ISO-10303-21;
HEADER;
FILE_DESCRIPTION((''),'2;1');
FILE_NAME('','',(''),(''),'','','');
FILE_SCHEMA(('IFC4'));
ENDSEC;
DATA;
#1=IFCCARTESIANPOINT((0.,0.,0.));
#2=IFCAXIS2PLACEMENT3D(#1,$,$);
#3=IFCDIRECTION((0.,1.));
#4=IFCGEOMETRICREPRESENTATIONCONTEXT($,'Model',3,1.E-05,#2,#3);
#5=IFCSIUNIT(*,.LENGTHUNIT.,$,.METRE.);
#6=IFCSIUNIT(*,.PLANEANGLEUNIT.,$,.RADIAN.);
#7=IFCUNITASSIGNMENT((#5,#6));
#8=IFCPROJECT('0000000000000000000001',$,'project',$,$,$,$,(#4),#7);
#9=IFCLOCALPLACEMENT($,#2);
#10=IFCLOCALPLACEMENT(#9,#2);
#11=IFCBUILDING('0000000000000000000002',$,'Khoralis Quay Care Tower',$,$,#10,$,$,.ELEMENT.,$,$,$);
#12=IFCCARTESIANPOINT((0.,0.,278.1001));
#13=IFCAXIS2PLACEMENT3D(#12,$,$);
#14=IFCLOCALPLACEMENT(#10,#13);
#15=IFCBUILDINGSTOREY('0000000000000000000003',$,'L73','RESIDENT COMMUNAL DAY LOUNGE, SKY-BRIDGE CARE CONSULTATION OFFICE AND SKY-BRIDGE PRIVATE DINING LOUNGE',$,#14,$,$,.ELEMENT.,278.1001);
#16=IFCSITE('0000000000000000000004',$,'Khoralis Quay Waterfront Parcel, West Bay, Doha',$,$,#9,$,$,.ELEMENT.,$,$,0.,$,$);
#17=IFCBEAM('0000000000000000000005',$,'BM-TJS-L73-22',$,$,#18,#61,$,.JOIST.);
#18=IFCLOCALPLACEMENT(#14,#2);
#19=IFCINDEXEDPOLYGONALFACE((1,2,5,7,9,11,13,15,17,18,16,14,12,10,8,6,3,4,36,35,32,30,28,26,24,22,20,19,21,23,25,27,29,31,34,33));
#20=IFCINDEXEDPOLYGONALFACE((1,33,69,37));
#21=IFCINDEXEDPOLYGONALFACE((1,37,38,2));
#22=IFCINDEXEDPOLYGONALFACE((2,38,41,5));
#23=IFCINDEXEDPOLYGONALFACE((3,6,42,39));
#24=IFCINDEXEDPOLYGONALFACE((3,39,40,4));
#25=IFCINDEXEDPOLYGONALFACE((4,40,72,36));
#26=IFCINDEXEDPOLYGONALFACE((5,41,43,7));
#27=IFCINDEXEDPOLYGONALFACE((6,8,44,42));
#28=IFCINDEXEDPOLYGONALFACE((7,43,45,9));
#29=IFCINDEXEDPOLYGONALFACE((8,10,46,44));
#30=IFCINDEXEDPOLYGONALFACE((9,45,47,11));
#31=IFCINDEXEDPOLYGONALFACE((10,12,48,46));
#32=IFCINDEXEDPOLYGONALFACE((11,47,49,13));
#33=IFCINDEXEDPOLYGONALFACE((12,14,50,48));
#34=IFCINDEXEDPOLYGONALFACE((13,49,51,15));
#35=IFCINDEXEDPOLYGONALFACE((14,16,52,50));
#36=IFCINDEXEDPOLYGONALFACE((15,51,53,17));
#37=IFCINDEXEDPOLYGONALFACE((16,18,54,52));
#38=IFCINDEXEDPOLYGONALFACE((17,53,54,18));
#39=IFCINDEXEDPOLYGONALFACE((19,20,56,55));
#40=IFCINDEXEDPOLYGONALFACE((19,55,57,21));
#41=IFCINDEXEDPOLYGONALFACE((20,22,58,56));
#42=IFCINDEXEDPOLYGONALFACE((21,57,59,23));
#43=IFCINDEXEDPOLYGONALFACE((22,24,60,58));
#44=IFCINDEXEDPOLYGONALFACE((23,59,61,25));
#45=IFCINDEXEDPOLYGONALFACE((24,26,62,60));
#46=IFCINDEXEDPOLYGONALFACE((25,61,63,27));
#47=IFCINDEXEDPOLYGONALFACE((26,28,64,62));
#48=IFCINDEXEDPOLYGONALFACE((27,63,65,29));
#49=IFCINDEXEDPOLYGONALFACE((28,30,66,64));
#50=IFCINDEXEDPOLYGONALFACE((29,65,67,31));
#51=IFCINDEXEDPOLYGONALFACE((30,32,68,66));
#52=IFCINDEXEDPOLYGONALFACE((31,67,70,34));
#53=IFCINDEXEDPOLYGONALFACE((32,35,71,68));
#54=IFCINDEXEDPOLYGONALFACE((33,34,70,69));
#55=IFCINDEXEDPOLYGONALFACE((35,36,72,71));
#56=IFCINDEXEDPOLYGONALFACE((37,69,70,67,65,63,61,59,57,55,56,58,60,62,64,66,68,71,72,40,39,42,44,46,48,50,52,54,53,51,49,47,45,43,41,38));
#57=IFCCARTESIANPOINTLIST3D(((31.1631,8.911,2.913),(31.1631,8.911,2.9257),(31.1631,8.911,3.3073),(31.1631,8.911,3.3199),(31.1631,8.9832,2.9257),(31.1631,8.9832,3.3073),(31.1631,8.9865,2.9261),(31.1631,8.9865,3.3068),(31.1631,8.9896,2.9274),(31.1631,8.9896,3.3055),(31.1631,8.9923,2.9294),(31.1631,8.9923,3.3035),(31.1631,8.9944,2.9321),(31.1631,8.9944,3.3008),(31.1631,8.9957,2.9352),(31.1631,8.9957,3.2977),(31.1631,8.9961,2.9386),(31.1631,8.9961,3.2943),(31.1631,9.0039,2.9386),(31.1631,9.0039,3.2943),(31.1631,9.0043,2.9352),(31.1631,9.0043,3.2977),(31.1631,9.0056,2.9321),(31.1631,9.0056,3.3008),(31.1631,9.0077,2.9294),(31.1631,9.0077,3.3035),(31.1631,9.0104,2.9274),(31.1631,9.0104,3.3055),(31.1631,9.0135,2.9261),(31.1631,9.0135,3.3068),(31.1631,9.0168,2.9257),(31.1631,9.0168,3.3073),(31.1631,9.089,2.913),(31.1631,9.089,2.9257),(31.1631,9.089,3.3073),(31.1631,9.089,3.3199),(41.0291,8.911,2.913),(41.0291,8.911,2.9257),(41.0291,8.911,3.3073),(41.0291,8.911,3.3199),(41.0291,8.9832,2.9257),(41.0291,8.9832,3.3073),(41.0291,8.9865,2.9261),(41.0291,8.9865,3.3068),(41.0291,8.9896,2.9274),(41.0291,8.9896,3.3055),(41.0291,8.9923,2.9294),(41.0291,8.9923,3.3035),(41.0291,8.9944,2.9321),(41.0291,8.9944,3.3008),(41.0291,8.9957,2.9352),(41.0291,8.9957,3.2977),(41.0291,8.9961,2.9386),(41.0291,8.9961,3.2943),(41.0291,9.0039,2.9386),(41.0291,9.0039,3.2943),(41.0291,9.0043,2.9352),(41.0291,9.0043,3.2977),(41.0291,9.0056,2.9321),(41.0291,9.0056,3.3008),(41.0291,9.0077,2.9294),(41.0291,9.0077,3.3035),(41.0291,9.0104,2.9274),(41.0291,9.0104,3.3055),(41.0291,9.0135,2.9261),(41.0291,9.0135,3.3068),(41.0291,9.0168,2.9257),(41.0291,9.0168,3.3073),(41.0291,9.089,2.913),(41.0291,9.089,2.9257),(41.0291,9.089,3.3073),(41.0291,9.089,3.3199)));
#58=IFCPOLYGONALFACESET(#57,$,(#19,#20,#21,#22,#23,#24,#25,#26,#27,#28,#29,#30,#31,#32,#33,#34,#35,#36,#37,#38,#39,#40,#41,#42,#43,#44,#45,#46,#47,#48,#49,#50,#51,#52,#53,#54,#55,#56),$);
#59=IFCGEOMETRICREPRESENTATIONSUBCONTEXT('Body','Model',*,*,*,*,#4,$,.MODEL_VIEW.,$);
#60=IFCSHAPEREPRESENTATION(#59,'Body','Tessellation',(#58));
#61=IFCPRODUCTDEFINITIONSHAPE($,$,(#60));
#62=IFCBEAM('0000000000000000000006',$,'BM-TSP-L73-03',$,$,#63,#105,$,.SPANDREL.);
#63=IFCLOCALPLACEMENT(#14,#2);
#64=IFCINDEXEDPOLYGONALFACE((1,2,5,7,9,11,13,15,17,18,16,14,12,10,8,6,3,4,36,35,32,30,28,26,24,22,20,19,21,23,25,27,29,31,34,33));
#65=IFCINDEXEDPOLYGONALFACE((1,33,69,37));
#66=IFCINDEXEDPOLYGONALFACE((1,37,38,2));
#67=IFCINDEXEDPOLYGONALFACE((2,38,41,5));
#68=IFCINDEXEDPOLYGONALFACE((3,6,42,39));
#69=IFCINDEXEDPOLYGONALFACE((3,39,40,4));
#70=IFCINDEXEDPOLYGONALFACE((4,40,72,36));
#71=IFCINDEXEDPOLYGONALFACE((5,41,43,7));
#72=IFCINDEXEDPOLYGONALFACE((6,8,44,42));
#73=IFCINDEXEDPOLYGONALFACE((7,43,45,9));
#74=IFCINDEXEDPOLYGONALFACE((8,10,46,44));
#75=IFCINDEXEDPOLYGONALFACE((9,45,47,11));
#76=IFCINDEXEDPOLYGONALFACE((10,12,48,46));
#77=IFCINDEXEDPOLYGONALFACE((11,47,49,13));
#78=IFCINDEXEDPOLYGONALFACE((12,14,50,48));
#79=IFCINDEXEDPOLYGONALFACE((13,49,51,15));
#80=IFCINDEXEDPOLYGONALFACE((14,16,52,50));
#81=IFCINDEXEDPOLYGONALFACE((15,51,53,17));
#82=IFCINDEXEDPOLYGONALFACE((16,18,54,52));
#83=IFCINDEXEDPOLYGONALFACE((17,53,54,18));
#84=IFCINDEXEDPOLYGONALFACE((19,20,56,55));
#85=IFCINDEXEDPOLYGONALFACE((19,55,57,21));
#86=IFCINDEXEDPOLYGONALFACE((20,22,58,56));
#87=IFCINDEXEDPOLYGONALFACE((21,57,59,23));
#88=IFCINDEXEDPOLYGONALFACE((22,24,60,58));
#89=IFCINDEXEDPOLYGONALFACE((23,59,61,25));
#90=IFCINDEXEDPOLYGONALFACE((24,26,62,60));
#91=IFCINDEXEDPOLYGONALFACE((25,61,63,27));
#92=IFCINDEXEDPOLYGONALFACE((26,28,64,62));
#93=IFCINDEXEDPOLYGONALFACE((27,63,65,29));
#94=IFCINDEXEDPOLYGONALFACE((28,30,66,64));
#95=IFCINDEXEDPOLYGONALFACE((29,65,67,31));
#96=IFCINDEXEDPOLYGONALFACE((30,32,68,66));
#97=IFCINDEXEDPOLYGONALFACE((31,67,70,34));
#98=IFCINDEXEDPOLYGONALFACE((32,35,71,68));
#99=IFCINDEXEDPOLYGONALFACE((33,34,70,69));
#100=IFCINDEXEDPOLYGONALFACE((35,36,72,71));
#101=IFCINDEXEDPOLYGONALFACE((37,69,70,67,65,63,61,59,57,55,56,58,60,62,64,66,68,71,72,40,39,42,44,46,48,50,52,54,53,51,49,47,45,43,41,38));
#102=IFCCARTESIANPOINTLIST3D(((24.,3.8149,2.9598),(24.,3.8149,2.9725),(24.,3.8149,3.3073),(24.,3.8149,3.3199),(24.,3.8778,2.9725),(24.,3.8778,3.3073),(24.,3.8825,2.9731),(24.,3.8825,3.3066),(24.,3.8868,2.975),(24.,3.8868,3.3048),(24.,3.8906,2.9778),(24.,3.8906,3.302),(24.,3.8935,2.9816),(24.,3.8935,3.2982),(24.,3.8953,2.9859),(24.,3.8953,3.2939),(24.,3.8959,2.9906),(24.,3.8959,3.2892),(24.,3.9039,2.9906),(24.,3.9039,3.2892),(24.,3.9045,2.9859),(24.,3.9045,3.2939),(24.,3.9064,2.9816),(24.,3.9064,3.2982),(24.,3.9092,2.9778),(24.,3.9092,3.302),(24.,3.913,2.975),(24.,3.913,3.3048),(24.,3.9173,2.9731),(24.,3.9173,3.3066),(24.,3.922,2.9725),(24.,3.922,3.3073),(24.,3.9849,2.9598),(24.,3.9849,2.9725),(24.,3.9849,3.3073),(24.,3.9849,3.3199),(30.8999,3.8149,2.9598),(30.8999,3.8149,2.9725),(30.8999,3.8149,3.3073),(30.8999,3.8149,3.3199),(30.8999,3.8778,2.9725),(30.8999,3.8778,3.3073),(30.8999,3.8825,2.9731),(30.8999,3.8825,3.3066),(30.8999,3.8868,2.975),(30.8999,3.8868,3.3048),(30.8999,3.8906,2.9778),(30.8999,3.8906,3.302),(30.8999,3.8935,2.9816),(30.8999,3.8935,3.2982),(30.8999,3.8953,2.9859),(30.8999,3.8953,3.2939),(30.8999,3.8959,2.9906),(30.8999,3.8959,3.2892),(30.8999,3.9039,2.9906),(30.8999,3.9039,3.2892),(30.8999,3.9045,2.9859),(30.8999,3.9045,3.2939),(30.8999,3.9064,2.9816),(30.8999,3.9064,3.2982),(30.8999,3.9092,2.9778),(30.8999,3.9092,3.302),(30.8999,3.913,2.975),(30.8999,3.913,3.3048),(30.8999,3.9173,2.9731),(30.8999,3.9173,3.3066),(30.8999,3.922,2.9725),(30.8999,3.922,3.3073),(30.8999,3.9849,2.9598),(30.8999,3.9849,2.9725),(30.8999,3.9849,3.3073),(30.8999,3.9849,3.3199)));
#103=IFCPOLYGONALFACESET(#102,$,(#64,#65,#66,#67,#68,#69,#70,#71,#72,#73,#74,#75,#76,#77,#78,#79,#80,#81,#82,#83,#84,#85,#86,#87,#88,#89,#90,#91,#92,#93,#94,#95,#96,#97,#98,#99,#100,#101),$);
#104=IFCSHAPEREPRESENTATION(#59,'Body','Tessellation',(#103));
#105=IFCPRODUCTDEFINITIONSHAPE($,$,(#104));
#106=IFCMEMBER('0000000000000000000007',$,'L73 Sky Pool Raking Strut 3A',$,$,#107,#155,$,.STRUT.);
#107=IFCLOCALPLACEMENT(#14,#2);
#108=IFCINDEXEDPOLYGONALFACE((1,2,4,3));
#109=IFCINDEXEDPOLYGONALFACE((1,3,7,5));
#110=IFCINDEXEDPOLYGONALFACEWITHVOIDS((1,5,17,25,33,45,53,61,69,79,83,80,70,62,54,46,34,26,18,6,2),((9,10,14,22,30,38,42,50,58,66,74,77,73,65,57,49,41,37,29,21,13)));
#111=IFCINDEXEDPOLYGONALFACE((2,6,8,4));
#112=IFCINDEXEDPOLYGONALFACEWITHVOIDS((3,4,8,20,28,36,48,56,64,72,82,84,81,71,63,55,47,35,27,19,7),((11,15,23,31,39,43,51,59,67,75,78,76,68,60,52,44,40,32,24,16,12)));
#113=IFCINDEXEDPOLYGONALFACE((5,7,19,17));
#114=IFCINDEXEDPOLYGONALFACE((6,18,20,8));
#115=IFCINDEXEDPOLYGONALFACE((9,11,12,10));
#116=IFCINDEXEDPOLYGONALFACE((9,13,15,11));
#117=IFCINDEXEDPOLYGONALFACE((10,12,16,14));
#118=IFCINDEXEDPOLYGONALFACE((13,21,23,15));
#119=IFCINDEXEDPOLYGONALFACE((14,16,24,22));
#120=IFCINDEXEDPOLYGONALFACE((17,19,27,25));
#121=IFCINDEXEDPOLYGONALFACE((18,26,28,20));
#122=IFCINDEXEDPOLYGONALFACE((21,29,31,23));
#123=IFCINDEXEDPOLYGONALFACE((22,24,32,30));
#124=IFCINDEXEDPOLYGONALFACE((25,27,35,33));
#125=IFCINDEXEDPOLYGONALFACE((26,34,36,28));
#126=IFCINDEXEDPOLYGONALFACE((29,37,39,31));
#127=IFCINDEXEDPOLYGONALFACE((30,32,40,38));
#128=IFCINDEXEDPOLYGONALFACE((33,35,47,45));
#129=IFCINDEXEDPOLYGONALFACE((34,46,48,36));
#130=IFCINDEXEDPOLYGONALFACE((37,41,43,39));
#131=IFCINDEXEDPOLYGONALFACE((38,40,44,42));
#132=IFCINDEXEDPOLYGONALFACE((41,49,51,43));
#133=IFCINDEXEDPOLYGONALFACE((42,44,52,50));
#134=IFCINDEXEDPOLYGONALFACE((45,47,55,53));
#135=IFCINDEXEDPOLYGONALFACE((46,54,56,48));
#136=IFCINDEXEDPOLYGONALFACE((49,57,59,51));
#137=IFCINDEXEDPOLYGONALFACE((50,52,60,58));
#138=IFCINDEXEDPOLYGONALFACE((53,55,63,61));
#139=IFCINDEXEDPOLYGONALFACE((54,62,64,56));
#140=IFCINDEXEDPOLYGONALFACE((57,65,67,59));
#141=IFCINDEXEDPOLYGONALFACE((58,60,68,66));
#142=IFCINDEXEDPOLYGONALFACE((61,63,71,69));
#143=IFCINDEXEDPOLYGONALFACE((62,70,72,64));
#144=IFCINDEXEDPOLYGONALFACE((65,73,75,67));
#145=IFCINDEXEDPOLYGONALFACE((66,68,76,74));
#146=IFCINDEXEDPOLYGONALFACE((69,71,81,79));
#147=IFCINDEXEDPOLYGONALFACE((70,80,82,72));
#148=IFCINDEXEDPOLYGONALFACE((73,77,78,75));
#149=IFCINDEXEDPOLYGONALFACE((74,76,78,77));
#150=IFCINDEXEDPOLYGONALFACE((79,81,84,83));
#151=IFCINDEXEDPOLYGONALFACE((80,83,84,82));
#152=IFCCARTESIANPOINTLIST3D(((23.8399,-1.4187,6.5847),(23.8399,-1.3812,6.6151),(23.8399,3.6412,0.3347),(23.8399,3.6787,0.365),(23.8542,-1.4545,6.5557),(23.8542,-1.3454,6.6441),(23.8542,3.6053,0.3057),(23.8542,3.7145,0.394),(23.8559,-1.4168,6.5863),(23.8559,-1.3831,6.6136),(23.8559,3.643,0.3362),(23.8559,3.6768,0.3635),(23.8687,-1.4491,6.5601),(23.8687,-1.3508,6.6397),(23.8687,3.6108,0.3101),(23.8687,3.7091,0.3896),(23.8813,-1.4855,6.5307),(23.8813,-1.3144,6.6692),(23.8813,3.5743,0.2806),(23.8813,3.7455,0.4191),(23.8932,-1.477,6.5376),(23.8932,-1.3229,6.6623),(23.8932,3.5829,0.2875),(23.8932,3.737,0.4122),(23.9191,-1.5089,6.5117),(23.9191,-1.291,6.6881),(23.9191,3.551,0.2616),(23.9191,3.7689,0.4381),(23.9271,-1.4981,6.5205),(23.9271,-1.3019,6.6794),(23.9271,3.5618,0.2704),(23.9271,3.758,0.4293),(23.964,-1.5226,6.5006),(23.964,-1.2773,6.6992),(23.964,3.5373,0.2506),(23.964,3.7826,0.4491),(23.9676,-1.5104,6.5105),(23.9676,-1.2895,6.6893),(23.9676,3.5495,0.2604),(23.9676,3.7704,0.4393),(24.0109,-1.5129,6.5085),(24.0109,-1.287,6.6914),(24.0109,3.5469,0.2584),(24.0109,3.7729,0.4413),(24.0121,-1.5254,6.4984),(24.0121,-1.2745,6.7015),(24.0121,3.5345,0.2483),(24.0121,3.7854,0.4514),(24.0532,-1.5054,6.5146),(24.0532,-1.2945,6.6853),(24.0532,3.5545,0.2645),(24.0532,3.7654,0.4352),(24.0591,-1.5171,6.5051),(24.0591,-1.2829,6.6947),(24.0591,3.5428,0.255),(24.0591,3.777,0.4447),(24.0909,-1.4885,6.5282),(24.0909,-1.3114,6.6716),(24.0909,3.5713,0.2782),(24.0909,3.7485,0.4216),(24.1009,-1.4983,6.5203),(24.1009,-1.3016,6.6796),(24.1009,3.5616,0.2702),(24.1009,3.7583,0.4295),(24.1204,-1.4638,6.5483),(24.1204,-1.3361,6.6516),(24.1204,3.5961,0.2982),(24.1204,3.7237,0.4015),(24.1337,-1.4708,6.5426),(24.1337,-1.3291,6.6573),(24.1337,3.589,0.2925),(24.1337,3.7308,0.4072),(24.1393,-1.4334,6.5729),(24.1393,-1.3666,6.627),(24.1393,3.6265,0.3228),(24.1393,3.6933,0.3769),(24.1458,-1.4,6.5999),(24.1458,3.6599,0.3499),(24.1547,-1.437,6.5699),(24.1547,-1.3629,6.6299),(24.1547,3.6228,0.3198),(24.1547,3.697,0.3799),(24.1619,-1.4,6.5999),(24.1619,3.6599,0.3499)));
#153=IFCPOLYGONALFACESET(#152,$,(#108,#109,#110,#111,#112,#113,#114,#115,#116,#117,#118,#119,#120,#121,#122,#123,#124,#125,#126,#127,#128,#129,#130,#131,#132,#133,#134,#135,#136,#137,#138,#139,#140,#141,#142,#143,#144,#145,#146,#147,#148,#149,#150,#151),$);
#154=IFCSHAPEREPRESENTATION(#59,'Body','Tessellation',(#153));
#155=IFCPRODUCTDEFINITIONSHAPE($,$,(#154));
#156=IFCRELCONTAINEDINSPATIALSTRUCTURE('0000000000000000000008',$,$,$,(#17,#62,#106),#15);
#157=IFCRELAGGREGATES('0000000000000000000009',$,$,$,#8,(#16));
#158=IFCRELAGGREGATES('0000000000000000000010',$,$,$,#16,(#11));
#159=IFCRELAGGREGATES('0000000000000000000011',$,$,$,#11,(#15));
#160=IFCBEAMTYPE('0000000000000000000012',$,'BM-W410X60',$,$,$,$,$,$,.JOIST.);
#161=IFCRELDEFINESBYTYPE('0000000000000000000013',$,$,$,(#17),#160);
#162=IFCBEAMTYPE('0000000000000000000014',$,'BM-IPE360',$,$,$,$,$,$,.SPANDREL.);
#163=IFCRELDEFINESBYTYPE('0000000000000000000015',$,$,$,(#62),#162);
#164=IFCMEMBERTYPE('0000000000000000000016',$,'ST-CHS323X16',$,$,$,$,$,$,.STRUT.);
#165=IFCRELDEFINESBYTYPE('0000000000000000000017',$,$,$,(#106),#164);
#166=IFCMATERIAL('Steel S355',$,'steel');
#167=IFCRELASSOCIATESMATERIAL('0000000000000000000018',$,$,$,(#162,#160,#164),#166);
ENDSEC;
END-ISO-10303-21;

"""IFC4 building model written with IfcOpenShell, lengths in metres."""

from ifc_helpers import new_model, si_unit, direction, frame, origin, origin_2d, place, context, subcontext, project, spatial, hollow_circle, i_section, extrude, source, transform, mapped, material, material_profile, profile_set, type_object, element, save


model = new_model("IFC4")

# Units and contexts
model_context = context("Model", 3, precision=1e-05, world=origin(), true_north=direction((0.0, 1.0)))
body_context = subcontext(model_context, "Body", "Model", "MODEL_VIEW")
ifc_project = project(units=[si_unit("LENGTHUNIT", "METRE"), si_unit("PLANEANGLEUNIT", "RADIAN")], contexts=[model_context])

# Site, building, storey
site_placement = place(None, origin())
site = spatial("IfcSite", under=ifc_project, at=site_placement, Name="Khoralis Quay Waterfront Parcel, West Bay, Doha", CompositionType="ELEMENT", RefElevation=0.0)
building_placement = place(site_placement, origin())
building = spatial("IfcBuilding", under=site, at=building_placement, Name="Khoralis Quay Care Tower", CompositionType="ELEMENT")
storey_placement = place(building_placement, frame((0.0, 0.0, 278.1001)))
storey = spatial("IfcBuildingStorey", under=building, at=storey_placement, Name="L73", Description="RESIDENT COMMUNAL DAY LOUNGE, SKY-BRIDGE CARE CONSULTATION OFFICE AND SKY-BRIDGE PRIVATE DINING LOUNGE", CompositionType="ELEMENT", Elevation=278.1001)

# Beams
ifc_material_1 = material(Name="Steel S355", Category="steel")
ifc_material_profile_1 = material_profile(ifc_material_1, i_section(OverallWidth=0.1699, OverallDepth=0.3601, WebThickness=0.0081, FlangeThickness=0.0127, FilletRadius=0.0181, at=origin_2d()), Name="Steel S355")
ifc_profile_set_1 = profile_set([ifc_material_profile_1], Name="Steel S355")
beam_type_1 = type_object("IfcBeamType", Name="BM-IPE360", PredefinedType="SPANDREL", material=ifc_profile_set_1)
ifc_material_profile_2 = material_profile(ifc_material_1, i_section(OverallWidth=0.178, OverallDepth=0.407, WebThickness=0.0078, FlangeThickness=0.0127, FilletRadius=0.0129, at=origin_2d()), Name="Steel S355")
ifc_profile_set_2 = profile_set([ifc_material_profile_2], Name="Steel S355")
beam_type_2 = type_object("IfcBeamType", Name="BM-W410X60", PredefinedType="JOIST", material=ifc_profile_set_2)
shared_shape_1 = source(origin(), body_context, "Body", "SweptSolid", [
    extrude(i_section(OverallWidth=0.178, OverallDepth=0.407, WebThickness=0.0078, FlangeThickness=0.0127, FilletRadius=0.0129, at=origin_2d()), origin(), (0.0, 0.0, 1.0), 9.866),
])
beam_1_placement = place(storey_placement, frame((31.1631, 9.0, 3.1165), z_axis=(1.0, 0.0, 0.0), x_axis=(0.0, 1.0, 0.0)))
element("IfcBeam", 1, at=beam_1_placement, inside=storey, type_object=beam_type_2, Name="BM-TJS-L73-22", PredefinedType="JOIST", context=body_context, shape_type="MappedRepresentation", body=[
    mapped(shared_shape_1, transform((0.0, 0.0, 0.0), scale=1.0)),
])
shared_shape_2 = source(origin(), body_context, "Body", "SweptSolid", [
    extrude(i_section(OverallWidth=0.1699, OverallDepth=0.3601, WebThickness=0.0081, FlangeThickness=0.0127, FilletRadius=0.0181, at=origin_2d()), origin(), (0.0, 0.0, 1.0), 6.8999),
])
beam_2_placement = place(storey_placement, frame((24.0, 3.8999, 3.1399), z_axis=(1.0, 0.0, 0.0), x_axis=(0.0, 1.0, 0.0)))
element("IfcBeam", 2, at=beam_2_placement, inside=storey, type_object=beam_type_1, Name="BM-TSP-L73-03", PredefinedType="SPANDREL", context=body_context, shape_type="MappedRepresentation", body=[
    mapped(shared_shape_2, transform((0.0, 0.0, 0.0), scale=1.0)),
])

# Member
ifc_material_profile_3 = material_profile(ifc_material_1, hollow_circle(Radius=0.1619, WallThickness=0.0161, at=origin_2d()), Name="Steel S355")
ifc_profile_set_3 = profile_set([ifc_material_profile_3], Name="Steel S355")
member_type = type_object("IfcMemberType", Name="ST-CHS323X16", PredefinedType="STRUT", material=ifc_profile_set_3)
shared_shape_3 = source(origin(), body_context, "Body", "SweptSolid", [
    extrude(hollow_circle(Radius=0.1619, WallThickness=0.0161, at=origin_2d()), origin(), (0.0, 0.0, 1.0), 8.0415),
])
for number, where, z_axis, x_axis, name in (
    (3, (24.0, 3.6599, 0.3499), (0.0, -0.62922, 0.777227), (1.0, 0.0, 0.0), "L73 Sky Pool Raking Strut 3A"),
):
    element("IfcMember", number, at=place(storey_placement, frame(where, z_axis=z_axis, x_axis=x_axis)), inside=storey, type_object=member_type, Name=name, PredefinedType="STRUT", context=body_context, shape_type="MappedRepresentation", body=[
        mapped(shared_shape_3, transform((0.0, 0.0, 0.0), scale=1.0)),
    ])

save(model, "model.ifc")
